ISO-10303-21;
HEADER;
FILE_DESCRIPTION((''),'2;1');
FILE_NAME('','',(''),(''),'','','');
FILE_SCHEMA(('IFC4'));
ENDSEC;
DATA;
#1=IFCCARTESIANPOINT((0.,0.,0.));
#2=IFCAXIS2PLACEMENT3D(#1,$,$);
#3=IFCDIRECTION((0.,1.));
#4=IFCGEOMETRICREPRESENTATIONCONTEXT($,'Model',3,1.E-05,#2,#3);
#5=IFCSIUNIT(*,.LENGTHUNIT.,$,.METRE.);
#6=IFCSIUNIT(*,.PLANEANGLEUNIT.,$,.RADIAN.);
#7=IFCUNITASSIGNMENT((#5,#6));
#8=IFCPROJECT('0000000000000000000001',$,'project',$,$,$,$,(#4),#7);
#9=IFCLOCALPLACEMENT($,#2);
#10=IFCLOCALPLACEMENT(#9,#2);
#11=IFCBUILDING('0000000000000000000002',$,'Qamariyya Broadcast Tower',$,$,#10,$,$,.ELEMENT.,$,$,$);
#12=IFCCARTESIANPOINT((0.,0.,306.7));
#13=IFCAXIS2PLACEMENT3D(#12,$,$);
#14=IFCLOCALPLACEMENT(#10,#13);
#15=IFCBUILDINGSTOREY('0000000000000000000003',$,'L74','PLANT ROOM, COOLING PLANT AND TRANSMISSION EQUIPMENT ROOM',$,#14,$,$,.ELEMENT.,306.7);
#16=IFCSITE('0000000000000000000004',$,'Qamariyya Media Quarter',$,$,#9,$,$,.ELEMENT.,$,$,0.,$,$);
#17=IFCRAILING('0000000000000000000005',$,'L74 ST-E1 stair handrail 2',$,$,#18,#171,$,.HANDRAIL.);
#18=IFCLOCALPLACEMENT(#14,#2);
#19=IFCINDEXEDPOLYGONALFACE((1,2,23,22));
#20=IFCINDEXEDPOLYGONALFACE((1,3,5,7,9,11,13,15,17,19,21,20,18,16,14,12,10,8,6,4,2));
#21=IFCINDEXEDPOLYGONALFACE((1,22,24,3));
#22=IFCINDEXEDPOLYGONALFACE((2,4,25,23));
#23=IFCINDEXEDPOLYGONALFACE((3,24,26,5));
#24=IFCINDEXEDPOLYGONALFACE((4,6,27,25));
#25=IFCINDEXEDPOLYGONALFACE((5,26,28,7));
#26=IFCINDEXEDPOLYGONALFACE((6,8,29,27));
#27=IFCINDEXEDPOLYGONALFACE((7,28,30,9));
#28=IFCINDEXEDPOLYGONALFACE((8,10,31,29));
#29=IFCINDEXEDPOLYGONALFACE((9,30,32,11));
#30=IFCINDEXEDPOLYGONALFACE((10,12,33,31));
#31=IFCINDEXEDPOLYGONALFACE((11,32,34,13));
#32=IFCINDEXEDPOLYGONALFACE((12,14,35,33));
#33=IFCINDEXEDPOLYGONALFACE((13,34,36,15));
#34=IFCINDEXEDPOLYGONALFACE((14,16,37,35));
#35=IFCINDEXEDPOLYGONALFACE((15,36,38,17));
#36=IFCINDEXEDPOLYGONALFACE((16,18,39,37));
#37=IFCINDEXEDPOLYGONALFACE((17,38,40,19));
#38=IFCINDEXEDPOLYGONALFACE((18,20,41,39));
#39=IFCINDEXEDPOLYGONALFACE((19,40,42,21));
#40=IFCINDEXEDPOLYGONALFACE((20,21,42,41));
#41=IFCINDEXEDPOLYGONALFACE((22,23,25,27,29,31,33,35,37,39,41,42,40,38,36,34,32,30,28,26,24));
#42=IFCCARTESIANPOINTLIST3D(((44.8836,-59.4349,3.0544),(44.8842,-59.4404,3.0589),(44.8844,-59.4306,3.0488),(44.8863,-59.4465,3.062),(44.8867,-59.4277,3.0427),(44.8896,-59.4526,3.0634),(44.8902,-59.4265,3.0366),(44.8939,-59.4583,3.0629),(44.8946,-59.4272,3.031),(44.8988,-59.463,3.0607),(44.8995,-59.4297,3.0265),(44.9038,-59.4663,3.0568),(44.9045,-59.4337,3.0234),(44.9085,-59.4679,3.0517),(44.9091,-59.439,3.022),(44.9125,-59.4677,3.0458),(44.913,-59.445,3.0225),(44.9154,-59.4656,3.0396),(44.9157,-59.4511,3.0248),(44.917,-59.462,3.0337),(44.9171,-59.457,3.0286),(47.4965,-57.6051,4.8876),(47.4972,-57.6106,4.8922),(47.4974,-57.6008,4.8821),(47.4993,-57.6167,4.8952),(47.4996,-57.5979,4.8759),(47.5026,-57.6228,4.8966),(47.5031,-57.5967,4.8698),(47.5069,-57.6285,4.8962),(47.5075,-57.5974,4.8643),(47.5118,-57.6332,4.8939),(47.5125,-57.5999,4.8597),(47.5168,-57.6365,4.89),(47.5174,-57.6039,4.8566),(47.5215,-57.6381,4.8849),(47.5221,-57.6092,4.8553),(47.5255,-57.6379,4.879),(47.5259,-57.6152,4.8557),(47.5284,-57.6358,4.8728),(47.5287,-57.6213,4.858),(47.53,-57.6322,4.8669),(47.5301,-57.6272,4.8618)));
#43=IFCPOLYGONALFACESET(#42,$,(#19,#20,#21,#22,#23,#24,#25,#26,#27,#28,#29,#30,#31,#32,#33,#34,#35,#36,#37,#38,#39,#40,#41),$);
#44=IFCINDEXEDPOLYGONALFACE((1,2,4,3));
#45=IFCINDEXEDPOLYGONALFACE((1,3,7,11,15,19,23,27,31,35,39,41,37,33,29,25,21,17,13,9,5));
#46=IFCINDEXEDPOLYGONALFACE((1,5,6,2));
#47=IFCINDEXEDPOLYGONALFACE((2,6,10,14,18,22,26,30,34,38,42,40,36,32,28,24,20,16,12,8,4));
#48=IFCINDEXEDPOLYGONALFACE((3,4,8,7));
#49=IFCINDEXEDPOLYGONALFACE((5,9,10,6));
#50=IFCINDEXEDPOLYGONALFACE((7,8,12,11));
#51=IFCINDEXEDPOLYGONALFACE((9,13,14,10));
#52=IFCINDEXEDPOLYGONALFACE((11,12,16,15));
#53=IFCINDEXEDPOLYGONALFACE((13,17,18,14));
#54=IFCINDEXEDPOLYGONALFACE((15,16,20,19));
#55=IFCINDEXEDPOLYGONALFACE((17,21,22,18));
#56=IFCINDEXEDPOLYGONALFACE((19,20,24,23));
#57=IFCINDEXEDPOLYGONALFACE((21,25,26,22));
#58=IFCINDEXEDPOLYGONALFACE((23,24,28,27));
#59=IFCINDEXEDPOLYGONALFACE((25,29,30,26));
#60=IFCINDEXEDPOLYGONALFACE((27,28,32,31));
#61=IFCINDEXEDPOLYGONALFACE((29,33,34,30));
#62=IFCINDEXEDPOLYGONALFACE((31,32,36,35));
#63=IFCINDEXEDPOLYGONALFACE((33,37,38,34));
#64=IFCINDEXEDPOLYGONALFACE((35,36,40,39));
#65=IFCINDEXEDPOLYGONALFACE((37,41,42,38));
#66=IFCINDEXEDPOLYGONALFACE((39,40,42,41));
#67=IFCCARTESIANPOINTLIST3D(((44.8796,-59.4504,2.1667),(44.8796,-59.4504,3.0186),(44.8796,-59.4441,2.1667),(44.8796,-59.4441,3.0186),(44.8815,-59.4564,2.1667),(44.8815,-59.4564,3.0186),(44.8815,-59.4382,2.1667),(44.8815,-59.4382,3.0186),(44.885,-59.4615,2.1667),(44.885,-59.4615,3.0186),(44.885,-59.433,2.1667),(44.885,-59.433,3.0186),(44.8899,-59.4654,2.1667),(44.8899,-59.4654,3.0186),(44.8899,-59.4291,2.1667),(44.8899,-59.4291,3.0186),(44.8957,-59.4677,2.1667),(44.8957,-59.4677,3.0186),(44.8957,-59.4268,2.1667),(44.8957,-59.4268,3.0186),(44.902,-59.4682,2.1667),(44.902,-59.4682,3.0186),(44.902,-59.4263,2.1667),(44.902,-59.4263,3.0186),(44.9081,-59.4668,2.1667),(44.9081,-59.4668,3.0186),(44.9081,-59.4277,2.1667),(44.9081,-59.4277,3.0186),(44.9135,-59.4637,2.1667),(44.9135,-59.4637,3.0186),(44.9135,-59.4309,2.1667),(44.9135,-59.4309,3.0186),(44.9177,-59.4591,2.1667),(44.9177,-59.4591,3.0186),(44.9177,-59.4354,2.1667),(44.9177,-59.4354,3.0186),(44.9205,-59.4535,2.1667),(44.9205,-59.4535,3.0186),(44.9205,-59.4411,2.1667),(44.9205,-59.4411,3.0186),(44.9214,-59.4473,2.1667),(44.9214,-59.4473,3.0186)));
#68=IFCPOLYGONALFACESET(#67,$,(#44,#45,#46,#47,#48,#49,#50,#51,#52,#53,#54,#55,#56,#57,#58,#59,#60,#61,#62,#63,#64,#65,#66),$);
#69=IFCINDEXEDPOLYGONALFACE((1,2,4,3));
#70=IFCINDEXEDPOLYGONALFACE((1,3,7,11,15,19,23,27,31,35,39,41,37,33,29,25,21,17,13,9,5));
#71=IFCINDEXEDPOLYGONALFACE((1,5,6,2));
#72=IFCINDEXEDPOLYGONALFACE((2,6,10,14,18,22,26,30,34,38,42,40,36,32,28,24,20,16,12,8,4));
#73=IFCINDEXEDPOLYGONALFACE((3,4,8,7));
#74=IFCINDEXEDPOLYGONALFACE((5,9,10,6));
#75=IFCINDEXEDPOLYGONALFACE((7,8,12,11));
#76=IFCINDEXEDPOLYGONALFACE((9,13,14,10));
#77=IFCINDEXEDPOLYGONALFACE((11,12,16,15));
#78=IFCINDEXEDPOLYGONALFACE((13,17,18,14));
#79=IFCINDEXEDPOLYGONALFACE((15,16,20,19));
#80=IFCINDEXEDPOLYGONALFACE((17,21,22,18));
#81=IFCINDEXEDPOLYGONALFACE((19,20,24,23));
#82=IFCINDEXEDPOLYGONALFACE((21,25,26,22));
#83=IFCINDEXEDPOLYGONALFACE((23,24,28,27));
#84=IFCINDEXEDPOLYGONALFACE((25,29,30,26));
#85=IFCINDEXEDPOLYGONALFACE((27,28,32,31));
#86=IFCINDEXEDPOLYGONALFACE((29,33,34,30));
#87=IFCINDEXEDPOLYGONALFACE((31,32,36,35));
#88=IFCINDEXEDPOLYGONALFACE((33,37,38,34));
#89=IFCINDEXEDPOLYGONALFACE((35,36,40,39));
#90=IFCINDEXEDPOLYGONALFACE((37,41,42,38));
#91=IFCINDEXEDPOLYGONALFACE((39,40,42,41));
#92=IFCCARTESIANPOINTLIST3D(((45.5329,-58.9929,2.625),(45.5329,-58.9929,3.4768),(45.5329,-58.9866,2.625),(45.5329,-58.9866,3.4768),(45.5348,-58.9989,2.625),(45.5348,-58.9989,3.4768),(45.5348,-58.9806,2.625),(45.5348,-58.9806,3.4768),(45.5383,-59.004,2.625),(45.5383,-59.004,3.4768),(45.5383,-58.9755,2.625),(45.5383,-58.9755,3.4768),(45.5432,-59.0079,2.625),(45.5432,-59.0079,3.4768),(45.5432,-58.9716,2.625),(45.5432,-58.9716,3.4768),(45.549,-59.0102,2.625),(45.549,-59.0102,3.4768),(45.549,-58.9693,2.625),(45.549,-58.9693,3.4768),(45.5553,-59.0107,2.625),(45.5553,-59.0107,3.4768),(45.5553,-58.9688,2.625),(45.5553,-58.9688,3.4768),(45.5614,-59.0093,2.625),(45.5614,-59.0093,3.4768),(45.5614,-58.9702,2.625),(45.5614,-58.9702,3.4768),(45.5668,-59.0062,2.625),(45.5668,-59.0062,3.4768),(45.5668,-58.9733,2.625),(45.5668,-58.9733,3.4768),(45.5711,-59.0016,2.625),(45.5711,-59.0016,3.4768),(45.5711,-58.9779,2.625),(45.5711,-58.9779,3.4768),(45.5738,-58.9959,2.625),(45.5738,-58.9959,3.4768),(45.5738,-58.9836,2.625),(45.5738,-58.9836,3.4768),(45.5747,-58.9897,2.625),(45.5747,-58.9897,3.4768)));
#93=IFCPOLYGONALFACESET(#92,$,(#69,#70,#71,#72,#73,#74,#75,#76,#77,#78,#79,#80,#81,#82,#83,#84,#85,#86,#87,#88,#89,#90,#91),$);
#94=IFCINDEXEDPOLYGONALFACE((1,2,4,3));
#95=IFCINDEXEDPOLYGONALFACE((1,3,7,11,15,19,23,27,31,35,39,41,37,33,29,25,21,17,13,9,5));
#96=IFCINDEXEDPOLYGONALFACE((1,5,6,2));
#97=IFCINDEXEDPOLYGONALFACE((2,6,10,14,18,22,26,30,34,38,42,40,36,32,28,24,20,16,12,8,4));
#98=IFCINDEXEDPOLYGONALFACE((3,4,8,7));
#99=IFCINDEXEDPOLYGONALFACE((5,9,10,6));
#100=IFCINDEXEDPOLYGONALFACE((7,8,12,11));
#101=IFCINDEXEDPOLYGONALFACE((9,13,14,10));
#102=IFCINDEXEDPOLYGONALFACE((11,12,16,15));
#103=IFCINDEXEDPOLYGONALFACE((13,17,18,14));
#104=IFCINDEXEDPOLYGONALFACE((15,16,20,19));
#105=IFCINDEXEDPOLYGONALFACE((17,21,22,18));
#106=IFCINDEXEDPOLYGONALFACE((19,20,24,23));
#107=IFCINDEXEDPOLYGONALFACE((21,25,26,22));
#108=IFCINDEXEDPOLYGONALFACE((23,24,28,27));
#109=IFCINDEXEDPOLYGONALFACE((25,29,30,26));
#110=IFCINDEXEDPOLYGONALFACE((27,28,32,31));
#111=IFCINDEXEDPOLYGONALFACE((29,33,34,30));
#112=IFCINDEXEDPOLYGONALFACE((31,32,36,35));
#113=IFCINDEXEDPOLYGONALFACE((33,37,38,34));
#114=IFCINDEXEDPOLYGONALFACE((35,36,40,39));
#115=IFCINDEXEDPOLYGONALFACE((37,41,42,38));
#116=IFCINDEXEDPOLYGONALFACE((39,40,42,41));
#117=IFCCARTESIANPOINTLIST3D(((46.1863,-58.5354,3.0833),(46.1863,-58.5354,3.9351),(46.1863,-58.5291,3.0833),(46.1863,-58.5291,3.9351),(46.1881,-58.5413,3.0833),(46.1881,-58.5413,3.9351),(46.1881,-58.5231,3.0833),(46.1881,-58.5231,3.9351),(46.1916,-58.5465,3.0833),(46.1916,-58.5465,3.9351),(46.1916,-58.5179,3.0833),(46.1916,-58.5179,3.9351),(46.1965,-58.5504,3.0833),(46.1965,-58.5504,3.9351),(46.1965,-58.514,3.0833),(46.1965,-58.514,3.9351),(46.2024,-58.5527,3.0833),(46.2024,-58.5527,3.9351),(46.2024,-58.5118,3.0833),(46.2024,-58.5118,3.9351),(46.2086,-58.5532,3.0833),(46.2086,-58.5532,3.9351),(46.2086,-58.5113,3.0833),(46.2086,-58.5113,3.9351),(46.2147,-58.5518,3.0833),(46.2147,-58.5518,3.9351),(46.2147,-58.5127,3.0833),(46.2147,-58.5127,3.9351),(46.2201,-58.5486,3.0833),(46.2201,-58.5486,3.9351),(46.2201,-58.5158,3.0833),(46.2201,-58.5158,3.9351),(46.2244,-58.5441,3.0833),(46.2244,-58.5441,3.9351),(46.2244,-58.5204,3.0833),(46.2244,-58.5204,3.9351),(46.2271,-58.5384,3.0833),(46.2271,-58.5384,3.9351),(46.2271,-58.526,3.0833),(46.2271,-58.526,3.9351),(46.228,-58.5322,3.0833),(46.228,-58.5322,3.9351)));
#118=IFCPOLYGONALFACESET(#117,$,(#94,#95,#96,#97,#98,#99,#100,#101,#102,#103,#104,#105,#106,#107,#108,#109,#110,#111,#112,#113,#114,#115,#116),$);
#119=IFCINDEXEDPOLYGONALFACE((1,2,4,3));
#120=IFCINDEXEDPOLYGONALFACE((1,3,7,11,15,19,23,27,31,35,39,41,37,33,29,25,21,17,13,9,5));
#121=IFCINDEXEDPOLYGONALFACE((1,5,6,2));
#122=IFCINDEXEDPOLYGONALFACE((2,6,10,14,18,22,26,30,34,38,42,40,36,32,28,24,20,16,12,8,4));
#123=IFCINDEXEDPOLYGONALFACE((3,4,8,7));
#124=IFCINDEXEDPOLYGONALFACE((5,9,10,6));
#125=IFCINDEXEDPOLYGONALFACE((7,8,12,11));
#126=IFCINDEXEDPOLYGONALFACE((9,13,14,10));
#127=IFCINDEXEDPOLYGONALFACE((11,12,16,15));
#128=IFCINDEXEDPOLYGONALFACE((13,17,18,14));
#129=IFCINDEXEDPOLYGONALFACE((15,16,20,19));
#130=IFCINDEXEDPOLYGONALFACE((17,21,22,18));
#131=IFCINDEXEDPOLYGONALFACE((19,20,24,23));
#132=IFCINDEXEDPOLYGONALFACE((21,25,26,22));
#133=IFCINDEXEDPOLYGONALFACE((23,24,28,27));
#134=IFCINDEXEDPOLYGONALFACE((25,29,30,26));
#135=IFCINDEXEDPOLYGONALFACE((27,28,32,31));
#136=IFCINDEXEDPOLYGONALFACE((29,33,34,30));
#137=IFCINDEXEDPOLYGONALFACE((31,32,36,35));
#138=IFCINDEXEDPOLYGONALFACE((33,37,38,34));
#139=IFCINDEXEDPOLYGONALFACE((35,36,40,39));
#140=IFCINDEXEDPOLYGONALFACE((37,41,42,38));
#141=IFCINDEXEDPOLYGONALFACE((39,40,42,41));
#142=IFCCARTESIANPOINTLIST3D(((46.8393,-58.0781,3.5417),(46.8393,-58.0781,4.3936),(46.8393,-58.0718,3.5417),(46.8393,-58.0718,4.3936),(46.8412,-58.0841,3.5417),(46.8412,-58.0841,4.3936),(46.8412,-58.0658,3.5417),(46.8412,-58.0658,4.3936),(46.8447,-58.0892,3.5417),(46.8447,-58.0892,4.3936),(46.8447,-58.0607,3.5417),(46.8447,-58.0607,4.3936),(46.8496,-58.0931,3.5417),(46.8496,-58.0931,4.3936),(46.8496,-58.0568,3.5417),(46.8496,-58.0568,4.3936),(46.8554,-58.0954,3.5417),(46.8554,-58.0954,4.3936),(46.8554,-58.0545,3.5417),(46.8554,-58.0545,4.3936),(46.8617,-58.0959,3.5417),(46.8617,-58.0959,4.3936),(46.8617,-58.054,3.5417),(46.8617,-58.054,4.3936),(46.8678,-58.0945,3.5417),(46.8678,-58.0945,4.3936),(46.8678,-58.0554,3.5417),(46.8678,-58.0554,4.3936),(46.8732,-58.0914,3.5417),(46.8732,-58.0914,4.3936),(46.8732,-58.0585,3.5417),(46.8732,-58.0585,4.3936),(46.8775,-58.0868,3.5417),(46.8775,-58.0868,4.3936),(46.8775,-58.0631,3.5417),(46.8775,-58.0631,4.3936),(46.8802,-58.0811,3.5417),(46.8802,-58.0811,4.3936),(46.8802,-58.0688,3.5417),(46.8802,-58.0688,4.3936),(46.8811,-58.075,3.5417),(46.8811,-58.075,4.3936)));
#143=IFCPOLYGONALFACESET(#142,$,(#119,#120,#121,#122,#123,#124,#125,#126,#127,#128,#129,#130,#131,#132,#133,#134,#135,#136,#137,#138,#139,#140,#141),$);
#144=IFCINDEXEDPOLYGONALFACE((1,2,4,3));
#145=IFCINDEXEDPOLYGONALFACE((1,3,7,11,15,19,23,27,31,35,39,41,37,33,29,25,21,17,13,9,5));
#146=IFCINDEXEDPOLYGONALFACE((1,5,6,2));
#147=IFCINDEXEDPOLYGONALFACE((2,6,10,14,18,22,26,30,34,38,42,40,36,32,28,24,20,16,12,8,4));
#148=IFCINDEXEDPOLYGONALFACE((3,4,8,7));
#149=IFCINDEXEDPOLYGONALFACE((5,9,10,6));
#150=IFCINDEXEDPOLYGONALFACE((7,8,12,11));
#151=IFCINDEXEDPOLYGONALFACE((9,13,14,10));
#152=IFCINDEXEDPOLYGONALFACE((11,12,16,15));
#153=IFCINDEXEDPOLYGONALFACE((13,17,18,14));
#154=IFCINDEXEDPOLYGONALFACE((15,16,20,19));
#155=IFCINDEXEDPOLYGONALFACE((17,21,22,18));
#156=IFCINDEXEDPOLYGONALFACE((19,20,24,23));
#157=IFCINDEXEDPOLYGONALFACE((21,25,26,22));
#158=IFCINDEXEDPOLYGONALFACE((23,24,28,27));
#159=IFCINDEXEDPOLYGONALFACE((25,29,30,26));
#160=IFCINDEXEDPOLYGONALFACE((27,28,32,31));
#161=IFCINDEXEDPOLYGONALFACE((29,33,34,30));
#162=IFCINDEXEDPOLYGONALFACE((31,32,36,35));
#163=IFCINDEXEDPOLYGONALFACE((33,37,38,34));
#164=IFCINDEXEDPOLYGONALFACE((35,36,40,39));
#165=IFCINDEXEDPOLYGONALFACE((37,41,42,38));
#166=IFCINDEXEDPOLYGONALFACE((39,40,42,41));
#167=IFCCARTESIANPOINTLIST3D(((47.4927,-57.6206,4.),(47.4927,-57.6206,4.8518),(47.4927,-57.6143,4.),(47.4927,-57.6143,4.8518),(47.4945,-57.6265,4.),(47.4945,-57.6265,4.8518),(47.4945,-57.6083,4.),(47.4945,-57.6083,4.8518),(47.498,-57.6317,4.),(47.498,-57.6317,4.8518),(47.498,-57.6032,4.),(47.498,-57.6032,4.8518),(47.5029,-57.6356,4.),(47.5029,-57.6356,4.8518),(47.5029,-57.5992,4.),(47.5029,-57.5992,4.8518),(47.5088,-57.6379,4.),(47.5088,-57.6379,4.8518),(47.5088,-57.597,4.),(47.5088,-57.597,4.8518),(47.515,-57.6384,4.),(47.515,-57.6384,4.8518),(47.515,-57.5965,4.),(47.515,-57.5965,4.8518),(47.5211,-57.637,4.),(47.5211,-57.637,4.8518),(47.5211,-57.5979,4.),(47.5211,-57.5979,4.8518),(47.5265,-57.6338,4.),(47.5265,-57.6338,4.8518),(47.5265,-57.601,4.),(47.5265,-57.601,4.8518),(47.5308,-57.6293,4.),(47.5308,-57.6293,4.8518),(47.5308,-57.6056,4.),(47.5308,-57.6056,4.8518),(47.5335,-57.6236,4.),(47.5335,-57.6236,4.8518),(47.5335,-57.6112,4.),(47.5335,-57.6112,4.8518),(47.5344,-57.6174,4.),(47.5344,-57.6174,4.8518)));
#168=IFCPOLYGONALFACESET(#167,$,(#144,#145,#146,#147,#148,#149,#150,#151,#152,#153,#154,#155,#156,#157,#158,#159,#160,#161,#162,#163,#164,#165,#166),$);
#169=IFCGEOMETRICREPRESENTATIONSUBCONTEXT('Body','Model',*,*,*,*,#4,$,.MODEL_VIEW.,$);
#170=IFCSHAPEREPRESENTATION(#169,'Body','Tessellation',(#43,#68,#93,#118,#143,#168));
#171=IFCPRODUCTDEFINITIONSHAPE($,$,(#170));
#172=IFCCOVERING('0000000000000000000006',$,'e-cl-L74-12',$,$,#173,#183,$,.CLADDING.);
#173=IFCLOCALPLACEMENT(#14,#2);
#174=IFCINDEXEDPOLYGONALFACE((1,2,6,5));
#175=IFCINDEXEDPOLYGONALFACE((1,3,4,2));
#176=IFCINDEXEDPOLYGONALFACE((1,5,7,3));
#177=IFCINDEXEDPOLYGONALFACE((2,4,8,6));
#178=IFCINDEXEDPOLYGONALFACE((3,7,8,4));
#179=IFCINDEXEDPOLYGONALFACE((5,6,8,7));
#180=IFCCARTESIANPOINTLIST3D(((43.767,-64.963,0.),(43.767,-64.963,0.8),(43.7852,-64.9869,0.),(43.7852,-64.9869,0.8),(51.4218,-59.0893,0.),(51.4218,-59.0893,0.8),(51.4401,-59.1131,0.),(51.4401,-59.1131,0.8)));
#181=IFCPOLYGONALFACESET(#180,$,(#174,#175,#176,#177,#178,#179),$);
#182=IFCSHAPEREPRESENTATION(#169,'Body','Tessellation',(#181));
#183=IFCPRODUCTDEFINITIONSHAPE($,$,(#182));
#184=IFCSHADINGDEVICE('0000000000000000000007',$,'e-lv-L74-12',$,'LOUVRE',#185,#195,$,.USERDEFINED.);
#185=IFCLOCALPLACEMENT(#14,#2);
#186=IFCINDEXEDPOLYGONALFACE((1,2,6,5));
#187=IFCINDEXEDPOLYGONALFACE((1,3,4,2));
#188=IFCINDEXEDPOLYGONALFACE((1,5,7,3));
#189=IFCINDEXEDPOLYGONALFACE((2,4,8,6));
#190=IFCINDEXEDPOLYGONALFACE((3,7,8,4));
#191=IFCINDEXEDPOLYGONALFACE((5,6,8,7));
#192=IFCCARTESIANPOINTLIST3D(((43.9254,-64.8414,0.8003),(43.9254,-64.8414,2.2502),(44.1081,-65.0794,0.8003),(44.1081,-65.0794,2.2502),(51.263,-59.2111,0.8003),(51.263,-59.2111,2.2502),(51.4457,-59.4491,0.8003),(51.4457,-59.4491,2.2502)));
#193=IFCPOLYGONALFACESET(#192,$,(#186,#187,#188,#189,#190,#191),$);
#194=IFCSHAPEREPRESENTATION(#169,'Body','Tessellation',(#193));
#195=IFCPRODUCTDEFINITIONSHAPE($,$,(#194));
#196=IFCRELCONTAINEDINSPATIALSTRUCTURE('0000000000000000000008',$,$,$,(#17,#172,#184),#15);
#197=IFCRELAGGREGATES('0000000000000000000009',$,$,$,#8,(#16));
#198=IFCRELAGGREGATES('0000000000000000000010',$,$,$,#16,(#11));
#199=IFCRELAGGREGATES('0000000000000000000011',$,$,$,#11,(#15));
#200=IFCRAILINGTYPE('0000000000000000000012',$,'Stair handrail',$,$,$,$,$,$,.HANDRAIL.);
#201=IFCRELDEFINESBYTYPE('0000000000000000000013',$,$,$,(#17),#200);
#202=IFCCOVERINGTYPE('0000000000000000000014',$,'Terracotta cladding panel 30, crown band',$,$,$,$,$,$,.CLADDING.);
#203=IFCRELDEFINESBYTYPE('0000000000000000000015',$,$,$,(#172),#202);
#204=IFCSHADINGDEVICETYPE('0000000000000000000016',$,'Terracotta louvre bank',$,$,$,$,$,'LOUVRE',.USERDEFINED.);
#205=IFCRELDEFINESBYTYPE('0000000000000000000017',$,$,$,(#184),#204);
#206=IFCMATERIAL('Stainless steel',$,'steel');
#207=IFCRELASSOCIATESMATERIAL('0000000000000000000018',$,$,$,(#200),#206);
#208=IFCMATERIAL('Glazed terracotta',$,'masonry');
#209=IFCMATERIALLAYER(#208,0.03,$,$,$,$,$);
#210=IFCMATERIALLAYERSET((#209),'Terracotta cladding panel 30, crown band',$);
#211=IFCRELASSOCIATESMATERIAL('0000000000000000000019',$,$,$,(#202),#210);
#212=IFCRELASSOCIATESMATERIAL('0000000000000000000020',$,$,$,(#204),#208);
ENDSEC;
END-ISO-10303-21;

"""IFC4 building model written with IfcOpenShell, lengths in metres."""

from ifc_helpers import new_model, si_unit, direction, frame, origin, origin_2d, place, context, subcontext, project, spatial, rectangle, circle, extrude, material, layer, layer_set, type_object, element, save


model = new_model("IFC4")

# Units and contexts
model_context = context("Model", 3, precision=1e-05, world=origin(), true_north=direction((0.0, 1.0)))
body_context = subcontext(model_context, "Body", "Model", "MODEL_VIEW")
ifc_project = project(units=[si_unit("LENGTHUNIT", "METRE"), si_unit("PLANEANGLEUNIT", "RADIAN")], contexts=[model_context])

# Site, building, storey
site_placement = place(None, origin())
site = spatial("IfcSite", under=ifc_project, at=site_placement, Name="Qamariyya Media Quarter", CompositionType="ELEMENT", RefElevation=0.0)
building_placement = place(site_placement, origin())
building = spatial("IfcBuilding", under=site, at=building_placement, Name="Qamariyya Broadcast Tower", CompositionType="ELEMENT")
storey_placement = place(building_placement, frame((0.0, 0.0, 306.7)))
storey = spatial("IfcBuildingStorey", under=building, at=storey_placement, Name="L74", Description="PLANT ROOM, COOLING PLANT AND TRANSMISSION EQUIPMENT ROOM", CompositionType="ELEMENT", Elevation=306.7)

# Railing
ifc_material_1 = material(Name="Stainless steel", Category="steel")
railing_type_1 = type_object("IfcRailingType", Name="Stair handrail", PredefinedType="HANDRAIL", material=ifc_material_1)
railing_1_placement = place(storey_placement, frame((44.9004, -59.4473, 2.1667)))
element("IfcRailing", 1, at=railing_1_placement, inside=storey, type_object=railing_type_1, Name="L74 ST-E1 stair handrail 2", PredefinedType="HANDRAIL", context=body_context, shape_type="SweptSolid", body=[
    extrude(circle(Radius=0.0239, at=origin_2d()), frame((0.0, 0.0, 0.876), z_axis=(0.710204, 0.497335, 0.498264), x_axis=(-0.573611, 0.819128, 0.0)), (0.0, 0.0, 1.0), 3.6792),
    extrude(circle(Radius=0.021, at=origin_2d()), origin(), (0.0, 0.0, 1.0), 0.8518),
    extrude(circle(Radius=0.021, at=origin_2d()), frame((0.6533, 0.4575, 0.4583)), (0.0, 0.0, 1.0), 0.8518),
    extrude(circle(Radius=0.021, at=origin_2d()), frame((1.3066, 0.915, 0.9165)), (0.0, 0.0, 1.0), 0.8518),
    extrude(circle(Radius=0.021, at=origin_2d()), frame((1.9597, 1.3723, 1.375)), (0.0, 0.0, 1.0), 0.8518),
    extrude(circle(Radius=0.021, at=origin_2d()), frame((2.613, 1.8298, 1.8333)), (0.0, 0.0, 1.0), 0.8518),
])

# Covering
ifc_material_2 = material(Name="Glazed terracotta", Category="masonry")
ifc_layer_1 = layer(ifc_material_2, 0.03)
ifc_layer_set_1 = layer_set([ifc_layer_1], Name="Terracotta cladding panel 30, crown band")
covering_type = type_object("IfcCoveringType", Name="Terracotta cladding panel 30, crown band", PredefinedType="CLADDING", material=ifc_layer_set_1)
covering_placement = place(storey_placement, frame((47.6035, -62.0381, 0.0), z_axis=(0.0, 0.0, 1.0), x_axis=(0.793353, 0.608761, 0.0)))
element("IfcCovering", 2, at=covering_placement, inside=storey, type_object=covering_type, Name="e-cl-L74-12", PredefinedType="CLADDING", context=body_context, shape_type="SweptSolid", body=[
    extrude(rectangle(XDim=9.6487, YDim=0.03, at=origin_2d()), origin(), (0.0, 0.0, 1.0), 0.8),
])

# Shading device
shading_device_type = type_object("IfcShadingDeviceType", Name="Terracotta louvre bank", ElementType="LOUVRE", PredefinedType="USERDEFINED", material=ifc_material_2)
shading_device_placement = place(storey_placement, frame((47.6855, -62.1453, 0.8003), z_axis=(0.0, 0.0, 1.0), x_axis=(0.793353, 0.608761, 0.0)))
element("IfcShadingDevice", 3, at=shading_device_placement, inside=storey, type_object=shading_device_type, Name="e-lv-L74-12", ObjectType="LOUVRE", PredefinedType="USERDEFINED", context=body_context, shape_type="SweptSolid", body=[
    extrude(rectangle(XDim=9.2488, YDim=0.3, at=origin_2d()), origin(), (0.0, 0.0, 1.0), 1.45),
])

save(model, "model.ifc")
